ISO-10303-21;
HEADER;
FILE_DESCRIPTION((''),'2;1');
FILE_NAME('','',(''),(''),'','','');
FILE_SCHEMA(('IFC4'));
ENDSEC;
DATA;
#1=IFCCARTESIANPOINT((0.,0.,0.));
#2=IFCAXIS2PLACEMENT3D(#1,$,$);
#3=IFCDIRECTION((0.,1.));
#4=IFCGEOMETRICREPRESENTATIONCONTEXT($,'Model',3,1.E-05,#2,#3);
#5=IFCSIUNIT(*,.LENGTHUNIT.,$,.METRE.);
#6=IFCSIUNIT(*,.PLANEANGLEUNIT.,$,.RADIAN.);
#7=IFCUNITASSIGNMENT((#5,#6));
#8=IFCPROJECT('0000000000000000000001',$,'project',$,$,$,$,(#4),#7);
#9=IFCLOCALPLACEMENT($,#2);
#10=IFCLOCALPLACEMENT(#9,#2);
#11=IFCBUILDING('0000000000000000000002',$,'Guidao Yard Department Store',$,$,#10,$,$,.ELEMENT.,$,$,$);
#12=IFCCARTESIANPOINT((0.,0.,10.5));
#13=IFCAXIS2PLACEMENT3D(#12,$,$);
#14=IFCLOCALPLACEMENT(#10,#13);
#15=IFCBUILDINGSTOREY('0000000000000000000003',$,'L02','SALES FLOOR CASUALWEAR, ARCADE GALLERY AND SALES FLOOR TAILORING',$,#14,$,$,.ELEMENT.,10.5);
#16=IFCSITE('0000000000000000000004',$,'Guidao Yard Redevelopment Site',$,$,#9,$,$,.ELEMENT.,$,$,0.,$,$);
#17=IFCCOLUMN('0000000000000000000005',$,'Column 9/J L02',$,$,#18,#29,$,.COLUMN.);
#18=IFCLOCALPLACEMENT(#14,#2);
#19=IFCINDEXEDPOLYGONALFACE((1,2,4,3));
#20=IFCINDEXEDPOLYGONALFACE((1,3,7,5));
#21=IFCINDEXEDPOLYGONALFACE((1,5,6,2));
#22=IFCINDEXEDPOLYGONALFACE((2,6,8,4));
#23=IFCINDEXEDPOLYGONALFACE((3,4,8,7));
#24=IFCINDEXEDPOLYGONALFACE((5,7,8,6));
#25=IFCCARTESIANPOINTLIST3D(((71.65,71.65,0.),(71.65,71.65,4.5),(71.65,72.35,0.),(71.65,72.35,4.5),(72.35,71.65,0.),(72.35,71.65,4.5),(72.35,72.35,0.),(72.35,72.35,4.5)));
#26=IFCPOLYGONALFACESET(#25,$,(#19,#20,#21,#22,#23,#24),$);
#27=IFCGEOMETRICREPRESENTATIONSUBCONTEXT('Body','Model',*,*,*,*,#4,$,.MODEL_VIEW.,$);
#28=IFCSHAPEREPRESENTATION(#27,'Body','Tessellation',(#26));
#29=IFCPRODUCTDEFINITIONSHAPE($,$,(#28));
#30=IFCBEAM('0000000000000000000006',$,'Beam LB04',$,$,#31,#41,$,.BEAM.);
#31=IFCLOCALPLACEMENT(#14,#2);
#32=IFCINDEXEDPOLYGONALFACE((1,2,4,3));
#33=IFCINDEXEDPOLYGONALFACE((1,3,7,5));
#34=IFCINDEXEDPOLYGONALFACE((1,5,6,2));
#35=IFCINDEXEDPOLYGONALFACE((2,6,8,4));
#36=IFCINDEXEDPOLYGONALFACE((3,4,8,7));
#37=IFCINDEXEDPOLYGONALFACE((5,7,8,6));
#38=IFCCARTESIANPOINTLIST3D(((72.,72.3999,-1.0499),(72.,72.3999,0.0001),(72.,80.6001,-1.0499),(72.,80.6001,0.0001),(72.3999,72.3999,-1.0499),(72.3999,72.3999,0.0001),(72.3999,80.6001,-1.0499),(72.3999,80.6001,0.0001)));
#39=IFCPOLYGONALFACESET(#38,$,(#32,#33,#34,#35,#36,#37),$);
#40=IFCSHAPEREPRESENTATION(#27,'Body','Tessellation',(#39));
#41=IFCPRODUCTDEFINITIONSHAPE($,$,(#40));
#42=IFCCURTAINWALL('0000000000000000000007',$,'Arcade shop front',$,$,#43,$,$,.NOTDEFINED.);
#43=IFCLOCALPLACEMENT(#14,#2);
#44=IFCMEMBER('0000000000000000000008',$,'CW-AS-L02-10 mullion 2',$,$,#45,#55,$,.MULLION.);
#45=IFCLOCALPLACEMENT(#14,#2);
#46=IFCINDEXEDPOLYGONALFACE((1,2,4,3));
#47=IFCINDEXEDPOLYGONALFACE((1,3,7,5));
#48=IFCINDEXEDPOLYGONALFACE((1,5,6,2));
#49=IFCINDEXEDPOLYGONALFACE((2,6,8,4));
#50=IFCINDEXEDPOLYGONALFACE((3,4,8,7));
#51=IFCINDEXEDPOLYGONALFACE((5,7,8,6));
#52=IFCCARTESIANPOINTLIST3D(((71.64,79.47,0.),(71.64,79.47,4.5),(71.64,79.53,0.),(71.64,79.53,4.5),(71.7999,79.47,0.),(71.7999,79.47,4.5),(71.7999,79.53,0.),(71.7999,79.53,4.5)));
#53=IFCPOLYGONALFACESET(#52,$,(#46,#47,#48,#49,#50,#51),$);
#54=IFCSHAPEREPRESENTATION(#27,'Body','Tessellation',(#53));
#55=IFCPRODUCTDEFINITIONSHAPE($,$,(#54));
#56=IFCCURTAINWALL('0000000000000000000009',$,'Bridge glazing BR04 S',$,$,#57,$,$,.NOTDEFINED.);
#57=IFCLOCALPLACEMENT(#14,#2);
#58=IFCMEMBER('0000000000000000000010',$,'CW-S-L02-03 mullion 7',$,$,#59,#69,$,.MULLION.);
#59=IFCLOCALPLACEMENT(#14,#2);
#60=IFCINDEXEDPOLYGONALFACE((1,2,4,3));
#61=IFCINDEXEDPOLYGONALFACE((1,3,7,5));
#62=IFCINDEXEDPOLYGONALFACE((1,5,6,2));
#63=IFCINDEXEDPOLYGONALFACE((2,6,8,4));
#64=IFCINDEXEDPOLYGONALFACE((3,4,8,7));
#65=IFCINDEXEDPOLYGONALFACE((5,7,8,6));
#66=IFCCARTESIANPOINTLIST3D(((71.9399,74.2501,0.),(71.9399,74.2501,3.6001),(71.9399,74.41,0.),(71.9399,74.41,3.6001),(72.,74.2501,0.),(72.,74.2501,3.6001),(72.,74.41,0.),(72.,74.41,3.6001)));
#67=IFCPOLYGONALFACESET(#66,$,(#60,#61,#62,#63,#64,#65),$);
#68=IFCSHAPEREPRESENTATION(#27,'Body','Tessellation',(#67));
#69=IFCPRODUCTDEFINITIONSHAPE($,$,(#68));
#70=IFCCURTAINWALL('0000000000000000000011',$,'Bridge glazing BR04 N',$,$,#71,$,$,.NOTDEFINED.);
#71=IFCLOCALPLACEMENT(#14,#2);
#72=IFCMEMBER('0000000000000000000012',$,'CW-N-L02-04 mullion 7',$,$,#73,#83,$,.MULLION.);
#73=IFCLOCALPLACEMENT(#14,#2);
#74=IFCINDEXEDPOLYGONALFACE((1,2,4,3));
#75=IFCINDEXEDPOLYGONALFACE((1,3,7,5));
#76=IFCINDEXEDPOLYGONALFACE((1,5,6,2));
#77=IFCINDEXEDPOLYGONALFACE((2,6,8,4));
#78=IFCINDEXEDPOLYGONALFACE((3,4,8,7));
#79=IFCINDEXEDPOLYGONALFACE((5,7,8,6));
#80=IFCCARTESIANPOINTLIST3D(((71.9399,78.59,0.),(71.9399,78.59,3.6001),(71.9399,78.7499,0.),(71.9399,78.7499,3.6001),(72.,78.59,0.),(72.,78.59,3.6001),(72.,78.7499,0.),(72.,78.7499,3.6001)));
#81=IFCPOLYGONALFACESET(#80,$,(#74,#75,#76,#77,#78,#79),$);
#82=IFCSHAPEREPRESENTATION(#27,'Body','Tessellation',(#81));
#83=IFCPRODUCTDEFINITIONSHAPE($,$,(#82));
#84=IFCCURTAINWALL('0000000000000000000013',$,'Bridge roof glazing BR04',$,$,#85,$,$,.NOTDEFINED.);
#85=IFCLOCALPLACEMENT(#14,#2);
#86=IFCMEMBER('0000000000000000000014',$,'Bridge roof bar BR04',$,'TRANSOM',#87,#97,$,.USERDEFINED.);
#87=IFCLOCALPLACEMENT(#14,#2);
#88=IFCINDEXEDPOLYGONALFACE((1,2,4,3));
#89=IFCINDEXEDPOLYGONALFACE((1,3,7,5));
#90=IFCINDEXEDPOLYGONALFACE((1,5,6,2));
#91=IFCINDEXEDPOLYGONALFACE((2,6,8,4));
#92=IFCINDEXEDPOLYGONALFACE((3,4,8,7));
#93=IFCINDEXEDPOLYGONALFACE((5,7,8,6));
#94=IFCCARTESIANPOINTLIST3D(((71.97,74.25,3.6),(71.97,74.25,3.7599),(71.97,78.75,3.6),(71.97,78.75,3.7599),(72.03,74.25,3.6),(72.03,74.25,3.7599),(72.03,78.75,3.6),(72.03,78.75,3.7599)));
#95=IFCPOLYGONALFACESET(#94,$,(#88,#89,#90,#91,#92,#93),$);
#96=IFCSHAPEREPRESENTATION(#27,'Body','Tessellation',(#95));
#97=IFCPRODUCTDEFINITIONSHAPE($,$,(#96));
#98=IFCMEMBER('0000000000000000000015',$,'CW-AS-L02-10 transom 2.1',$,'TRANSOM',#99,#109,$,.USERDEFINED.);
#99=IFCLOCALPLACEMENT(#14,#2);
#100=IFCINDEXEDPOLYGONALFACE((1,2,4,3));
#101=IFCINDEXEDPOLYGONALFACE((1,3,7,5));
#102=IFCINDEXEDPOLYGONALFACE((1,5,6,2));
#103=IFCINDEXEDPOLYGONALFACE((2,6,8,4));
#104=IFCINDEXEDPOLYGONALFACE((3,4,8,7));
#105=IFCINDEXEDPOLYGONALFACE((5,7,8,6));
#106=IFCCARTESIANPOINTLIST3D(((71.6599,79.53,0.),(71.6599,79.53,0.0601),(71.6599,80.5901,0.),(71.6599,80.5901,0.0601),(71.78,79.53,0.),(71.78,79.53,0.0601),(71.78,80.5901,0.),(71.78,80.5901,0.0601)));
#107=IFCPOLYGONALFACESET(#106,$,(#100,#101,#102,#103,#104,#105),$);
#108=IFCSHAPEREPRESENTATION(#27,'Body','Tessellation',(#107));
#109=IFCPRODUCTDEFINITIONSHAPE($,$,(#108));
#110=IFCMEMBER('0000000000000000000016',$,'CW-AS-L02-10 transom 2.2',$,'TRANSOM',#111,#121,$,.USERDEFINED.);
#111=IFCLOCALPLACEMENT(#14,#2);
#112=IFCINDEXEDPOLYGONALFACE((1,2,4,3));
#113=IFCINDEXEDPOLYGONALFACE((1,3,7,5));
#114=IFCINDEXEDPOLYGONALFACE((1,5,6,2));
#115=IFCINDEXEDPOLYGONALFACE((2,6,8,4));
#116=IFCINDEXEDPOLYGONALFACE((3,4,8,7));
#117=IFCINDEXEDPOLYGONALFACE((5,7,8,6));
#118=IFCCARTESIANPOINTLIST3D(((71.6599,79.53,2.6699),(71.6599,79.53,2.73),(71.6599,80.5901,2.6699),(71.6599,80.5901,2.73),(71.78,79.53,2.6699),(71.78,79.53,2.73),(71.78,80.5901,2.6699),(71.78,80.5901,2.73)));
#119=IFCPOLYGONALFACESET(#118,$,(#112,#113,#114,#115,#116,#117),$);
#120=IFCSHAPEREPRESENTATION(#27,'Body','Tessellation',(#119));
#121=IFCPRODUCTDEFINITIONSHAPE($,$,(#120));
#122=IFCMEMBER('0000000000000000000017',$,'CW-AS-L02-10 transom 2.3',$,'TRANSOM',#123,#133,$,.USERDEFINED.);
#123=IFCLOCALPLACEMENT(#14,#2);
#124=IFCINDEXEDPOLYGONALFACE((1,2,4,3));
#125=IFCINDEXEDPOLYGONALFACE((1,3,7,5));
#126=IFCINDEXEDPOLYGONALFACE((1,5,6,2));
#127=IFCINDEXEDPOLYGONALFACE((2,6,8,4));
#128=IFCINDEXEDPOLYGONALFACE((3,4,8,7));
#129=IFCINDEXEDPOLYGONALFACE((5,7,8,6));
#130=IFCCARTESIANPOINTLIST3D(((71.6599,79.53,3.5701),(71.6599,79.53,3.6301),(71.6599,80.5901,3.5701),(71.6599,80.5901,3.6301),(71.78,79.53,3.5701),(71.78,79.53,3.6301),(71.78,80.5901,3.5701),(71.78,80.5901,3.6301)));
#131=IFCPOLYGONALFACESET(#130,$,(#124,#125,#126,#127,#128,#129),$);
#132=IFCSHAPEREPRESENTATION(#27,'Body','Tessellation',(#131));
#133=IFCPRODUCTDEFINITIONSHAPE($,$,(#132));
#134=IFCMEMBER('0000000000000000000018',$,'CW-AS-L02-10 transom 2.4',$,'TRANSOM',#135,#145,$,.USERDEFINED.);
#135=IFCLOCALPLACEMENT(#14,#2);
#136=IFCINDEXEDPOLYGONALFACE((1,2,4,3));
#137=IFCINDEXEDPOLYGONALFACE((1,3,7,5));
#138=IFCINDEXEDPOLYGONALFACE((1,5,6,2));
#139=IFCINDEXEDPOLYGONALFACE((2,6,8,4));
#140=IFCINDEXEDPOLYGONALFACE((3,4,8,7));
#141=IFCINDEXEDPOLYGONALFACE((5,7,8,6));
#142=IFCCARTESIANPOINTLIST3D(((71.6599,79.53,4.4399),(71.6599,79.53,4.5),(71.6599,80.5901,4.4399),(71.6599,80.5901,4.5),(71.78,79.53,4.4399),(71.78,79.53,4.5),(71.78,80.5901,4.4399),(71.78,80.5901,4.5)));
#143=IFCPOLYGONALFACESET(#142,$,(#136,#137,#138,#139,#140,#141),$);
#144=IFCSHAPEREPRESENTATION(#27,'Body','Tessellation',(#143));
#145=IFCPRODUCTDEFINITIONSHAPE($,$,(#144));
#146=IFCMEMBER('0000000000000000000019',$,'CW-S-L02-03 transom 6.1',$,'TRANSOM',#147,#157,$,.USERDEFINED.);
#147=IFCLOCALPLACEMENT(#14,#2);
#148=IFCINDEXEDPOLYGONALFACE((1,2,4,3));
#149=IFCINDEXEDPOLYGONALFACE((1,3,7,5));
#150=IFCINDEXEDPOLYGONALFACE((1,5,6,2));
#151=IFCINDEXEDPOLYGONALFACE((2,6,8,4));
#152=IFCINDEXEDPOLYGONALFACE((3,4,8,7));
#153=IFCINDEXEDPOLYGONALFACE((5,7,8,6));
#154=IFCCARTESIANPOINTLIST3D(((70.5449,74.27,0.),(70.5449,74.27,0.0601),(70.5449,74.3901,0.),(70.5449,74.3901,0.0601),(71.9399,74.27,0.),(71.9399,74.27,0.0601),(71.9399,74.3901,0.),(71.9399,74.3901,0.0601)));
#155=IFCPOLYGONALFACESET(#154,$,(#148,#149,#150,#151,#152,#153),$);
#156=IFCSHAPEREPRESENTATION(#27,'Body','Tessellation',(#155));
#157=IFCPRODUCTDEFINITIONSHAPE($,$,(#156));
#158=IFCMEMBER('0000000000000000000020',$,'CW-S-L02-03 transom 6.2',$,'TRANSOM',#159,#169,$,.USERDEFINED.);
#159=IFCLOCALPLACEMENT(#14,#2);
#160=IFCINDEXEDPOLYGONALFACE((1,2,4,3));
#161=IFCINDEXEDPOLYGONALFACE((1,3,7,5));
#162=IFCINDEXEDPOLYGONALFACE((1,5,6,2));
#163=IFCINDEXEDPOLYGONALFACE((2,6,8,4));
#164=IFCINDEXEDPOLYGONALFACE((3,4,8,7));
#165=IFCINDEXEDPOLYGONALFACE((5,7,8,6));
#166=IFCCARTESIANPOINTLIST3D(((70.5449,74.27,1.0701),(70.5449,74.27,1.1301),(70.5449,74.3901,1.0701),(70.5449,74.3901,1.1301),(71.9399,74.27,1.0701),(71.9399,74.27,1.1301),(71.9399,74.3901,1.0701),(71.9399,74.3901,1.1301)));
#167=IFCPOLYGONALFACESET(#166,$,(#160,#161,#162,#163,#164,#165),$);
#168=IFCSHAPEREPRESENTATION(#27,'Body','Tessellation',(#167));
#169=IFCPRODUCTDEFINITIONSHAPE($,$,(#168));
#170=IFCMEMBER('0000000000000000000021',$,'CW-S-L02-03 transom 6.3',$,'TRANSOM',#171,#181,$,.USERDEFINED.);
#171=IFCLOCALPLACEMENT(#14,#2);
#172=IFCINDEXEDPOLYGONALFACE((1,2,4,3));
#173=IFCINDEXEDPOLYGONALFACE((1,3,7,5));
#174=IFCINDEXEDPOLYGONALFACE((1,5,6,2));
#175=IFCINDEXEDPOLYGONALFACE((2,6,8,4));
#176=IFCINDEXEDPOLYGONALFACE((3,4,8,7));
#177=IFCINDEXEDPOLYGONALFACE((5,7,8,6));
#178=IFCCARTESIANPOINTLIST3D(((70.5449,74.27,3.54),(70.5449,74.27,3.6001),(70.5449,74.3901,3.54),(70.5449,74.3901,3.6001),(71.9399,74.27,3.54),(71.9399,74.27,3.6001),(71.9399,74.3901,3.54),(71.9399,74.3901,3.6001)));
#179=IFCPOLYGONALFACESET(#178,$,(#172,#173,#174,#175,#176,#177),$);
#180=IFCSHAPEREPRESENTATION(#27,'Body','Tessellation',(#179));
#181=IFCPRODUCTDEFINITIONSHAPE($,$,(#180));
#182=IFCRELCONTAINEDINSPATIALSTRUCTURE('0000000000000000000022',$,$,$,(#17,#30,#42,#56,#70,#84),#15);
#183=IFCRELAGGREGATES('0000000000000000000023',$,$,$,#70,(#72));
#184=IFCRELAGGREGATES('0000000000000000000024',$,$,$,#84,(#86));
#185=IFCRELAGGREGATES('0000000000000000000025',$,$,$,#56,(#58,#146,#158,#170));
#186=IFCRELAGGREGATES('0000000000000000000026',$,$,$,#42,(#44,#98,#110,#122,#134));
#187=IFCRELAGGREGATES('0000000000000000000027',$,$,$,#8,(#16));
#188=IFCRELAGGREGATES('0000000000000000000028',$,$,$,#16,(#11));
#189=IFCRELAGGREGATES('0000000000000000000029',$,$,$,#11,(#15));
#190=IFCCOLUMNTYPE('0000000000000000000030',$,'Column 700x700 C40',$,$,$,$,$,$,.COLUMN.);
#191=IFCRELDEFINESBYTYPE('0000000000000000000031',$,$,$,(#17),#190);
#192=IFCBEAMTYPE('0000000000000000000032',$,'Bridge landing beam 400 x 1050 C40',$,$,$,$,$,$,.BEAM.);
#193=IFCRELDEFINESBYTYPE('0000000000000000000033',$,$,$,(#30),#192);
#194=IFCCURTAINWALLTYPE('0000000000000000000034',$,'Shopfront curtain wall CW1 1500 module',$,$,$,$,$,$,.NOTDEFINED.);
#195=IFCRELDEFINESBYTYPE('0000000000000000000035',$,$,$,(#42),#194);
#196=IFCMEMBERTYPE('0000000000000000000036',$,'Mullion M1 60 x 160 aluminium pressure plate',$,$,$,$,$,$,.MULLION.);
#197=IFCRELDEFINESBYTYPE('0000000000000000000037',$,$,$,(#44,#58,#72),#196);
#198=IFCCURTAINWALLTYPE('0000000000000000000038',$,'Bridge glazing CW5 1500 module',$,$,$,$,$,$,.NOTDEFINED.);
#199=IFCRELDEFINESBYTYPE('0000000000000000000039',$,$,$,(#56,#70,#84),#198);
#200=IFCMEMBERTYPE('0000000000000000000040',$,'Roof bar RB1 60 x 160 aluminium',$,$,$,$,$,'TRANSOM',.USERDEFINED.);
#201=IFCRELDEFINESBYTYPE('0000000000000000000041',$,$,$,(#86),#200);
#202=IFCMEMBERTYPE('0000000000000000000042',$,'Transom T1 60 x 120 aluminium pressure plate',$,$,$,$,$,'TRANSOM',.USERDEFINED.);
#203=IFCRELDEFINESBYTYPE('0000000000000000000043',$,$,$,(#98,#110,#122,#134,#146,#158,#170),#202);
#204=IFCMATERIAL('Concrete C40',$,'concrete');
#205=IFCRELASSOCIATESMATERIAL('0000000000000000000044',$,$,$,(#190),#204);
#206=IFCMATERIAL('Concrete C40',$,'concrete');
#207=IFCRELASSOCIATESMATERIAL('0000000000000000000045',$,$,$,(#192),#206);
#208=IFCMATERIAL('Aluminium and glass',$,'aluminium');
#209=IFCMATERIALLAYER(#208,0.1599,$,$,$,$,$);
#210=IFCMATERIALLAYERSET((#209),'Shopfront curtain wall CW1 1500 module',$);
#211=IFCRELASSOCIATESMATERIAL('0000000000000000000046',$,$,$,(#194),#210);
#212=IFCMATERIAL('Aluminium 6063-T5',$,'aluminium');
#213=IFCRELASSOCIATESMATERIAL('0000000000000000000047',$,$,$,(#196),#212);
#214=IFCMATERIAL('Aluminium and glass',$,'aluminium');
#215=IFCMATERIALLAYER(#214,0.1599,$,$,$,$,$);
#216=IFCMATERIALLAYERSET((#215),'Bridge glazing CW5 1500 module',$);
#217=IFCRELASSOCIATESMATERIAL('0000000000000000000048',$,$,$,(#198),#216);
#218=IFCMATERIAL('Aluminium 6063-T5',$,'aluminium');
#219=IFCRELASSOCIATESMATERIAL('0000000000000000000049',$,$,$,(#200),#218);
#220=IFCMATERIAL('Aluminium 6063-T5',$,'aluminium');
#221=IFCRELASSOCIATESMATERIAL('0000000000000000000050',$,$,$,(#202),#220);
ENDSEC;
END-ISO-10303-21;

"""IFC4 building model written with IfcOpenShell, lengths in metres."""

from ifc_helpers import new_model, si_unit, direction, frame, origin, origin_2d, place, context, subcontext, project, spatial, rectangle, extrude, material, layer, layer_set, material_profile, profile_set, type_object, element, aggregate, save


model = new_model("IFC4")

# Units and contexts
model_context = context("Model", 3, precision=1e-05, world=origin(), true_north=direction((0.0, 1.0)))
body_context = subcontext(model_context, "Body", "Model", "MODEL_VIEW")
ifc_project = project(units=[si_unit("LENGTHUNIT", "METRE"), si_unit("PLANEANGLEUNIT", "RADIAN")], contexts=[model_context])

# Site, building, storey
site_placement = place(None, origin())
site = spatial("IfcSite", under=ifc_project, at=site_placement, Name="Guidao Yard Redevelopment Site", CompositionType="ELEMENT", RefElevation=0.0)
building_placement = place(site_placement, origin())
building = spatial("IfcBuilding", under=site, at=building_placement, Name="Guidao Yard Department Store", CompositionType="ELEMENT")
storey_placement = place(building_placement, frame((0.0, 0.0, 10.5)))
storey = spatial("IfcBuildingStorey", under=building, at=storey_placement, Name="L02", Description="SALES FLOOR CASUALWEAR, ARCADE GALLERY AND SALES FLOOR TAILORING", CompositionType="ELEMENT", Elevation=10.5)

# Column
ifc_material_1 = material(Name="Concrete C40", Category="concrete")
ifc_material_profile_1 = material_profile(ifc_material_1, rectangle(XDim=0.7, YDim=0.7, at=origin_2d()), Name="COL 700x700")
ifc_profile_set_1 = profile_set([ifc_material_profile_1], Name="Concrete C40")
column_type = type_object("IfcColumnType", Name="Column 700x700 C40", PredefinedType="COLUMN", material=ifc_profile_set_1)
column_placement = place(storey_placement, frame((72.0, 72.0, 0.0), z_axis=(0.0, 0.0, 1.0), x_axis=(1.0, 0.0, 0.0)))
element("IfcColumn", 1, at=column_placement, inside=storey, type_object=column_type, Name="Column 9/J L02", PredefinedType="COLUMN", context=body_context, shape_type="SweptSolid", body=[
    extrude(rectangle(XDim=0.7, YDim=0.7, at=origin_2d()), origin(), (0.0, 0.0, 1.0), 4.5),
])

# Beam
ifc_material_2 = material(Name="Concrete C40", Category="concrete")
ifc_material_profile_2 = material_profile(ifc_material_2, rectangle(XDim=0.3999, YDim=1.05, at=origin_2d()), Name="Bridge landing beam 400 x 1050 C40")
ifc_profile_set_2 = profile_set([ifc_material_profile_2], Name="Concrete C40")
beam_type = type_object("IfcBeamType", Name="Bridge landing beam 400 x 1050 C40", PredefinedType="BEAM", material=ifc_profile_set_2)
beam_placement = place(storey_placement, frame((72.2, 72.3999, -0.5249), z_axis=(0.0, 1.0, 0.0), x_axis=(-1.0, 0.0, 0.0)))
element("IfcBeam", 2, at=beam_placement, inside=storey, type_object=beam_type, Name="Beam LB04", PredefinedType="BEAM", context=body_context, shape_type="SweptSolid", body=[
    extrude(rectangle(XDim=0.3999, YDim=1.05, at=origin_2d()), origin(), (0.0, 0.0, 1.0), 8.2002),
])

# Curtain walls, members
ifc_material_3 = material(Name="Aluminium and glass", Category="aluminium")
ifc_layer_1 = layer(ifc_material_3, 0.1599)
ifc_layer_set_1 = layer_set([ifc_layer_1], Name="Shopfront curtain wall CW1 1500 module")
curtain_wall_type_1 = type_object("IfcCurtainWallType", Name="Shopfront curtain wall CW1 1500 module", PredefinedType="NOTDEFINED", material=ifc_layer_set_1)
curtain_wall_1_placement = place(storey_placement, origin())
curtain_wall_1 = element("IfcCurtainWall", 3, at=curtain_wall_1_placement, inside=storey, type_object=curtain_wall_type_1, Name="Arcade shop front", PredefinedType="NOTDEFINED")
ifc_material_4 = material(Name="Aluminium 6063-T5", Category="aluminium")
ifc_material_profile_3 = material_profile(ifc_material_4, rectangle(XDim=0.0601, YDim=0.1599, at=origin_2d()), Name="Mullion M1 60 x 160 aluminium pressure plate")
ifc_profile_set_3 = profile_set([ifc_material_profile_3], Name="Aluminium 6063-T5")
member_type_1 = type_object("IfcMemberType", Name="Mullion M1 60 x 160 aluminium pressure plate", PredefinedType="MULLION", material=ifc_profile_set_3)
member_1_placement = place(storey_placement, frame((71.72, 79.5, 0.0), z_axis=(0.0, 0.0, 1.0), x_axis=(0.0, 1.0, 0.0)))
member_1 = element("IfcMember", 4, at=member_1_placement, type_object=member_type_1, Name="CW-AS-L02-10 mullion 2", PredefinedType="MULLION", context=body_context, shape_type="SweptSolid", body=[
    extrude(rectangle(XDim=0.0601, YDim=0.1599, at=origin_2d()), origin(), (0.0, 0.0, 1.0), 4.5),
])
ifc_material_5 = material(Name="Aluminium and glass", Category="aluminium")
ifc_layer_2 = layer(ifc_material_5, 0.1599)
ifc_layer_set_2 = layer_set([ifc_layer_2], Name="Bridge glazing CW5 1500 module")
curtain_wall_type_2 = type_object("IfcCurtainWallType", Name="Bridge glazing CW5 1500 module", PredefinedType="NOTDEFINED", material=ifc_layer_set_2)
curtain_wall_2_placement = place(storey_placement, origin())
curtain_wall_2 = element("IfcCurtainWall", 5, at=curtain_wall_2_placement, inside=storey, type_object=curtain_wall_type_2, Name="Bridge glazing BR04 S", PredefinedType="NOTDEFINED")
member_2_placement = place(storey_placement, frame((71.97, 74.3301, 0.0), z_axis=(0.0, 0.0, 1.0), x_axis=(-1.0, 0.0, 0.0)))
member_2 = element("IfcMember", 6, at=member_2_placement, type_object=member_type_1, Name="CW-S-L02-03 mullion 7", PredefinedType="MULLION", context=body_context, shape_type="SweptSolid", body=[
    extrude(rectangle(XDim=0.0601, YDim=0.1599, at=origin_2d()), origin(), (0.0, 0.0, 1.0), 3.6001),
])
curtain_wall_3_placement = place(storey_placement, origin())
curtain_wall_3 = element("IfcCurtainWall", 7, at=curtain_wall_3_placement, inside=storey, type_object=curtain_wall_type_2, Name="Bridge glazing BR04 N", PredefinedType="NOTDEFINED")
member_3_placement = place(storey_placement, frame((71.97, 78.6699, 0.0), z_axis=(0.0, 0.0, 1.0), x_axis=(1.0, 0.0, 0.0)))
member_3 = element("IfcMember", 8, at=member_3_placement, type_object=member_type_1, Name="CW-N-L02-04 mullion 7", PredefinedType="MULLION", context=body_context, shape_type="SweptSolid", body=[
    extrude(rectangle(XDim=0.0601, YDim=0.1599, at=origin_2d()), origin(), (0.0, 0.0, 1.0), 3.6001),
])
aggregate(curtain_wall_3, [member_3])
curtain_wall_4_placement = place(storey_placement, origin())
curtain_wall_4 = element("IfcCurtainWall", 9, at=curtain_wall_4_placement, inside=storey, type_object=curtain_wall_type_2, Name="Bridge roof glazing BR04", PredefinedType="NOTDEFINED")
ifc_material_6 = material(Name="Aluminium 6063-T5", Category="aluminium")
ifc_material_profile_4 = material_profile(ifc_material_6, rectangle(XDim=0.0601, YDim=0.1599, at=origin_2d()), Name="Roof bar RB1 60 x 160 aluminium")
ifc_profile_set_4 = profile_set([ifc_material_profile_4], Name="Aluminium 6063-T5")
member_type_2 = type_object("IfcMemberType", Name="Roof bar RB1 60 x 160 aluminium", ElementType="TRANSOM", PredefinedType="USERDEFINED", material=ifc_profile_set_4)
member_4_placement = place(storey_placement, frame((72.0, 74.25, 3.6799), z_axis=(0.0, 1.0, 0.0), x_axis=(-1.0, 0.0, 0.0)))
member_4 = element("IfcMember", 10, at=member_4_placement, type_object=member_type_2, Name="Bridge roof bar BR04", ObjectType="TRANSOM", PredefinedType="USERDEFINED", context=body_context, shape_type="SweptSolid", body=[
    extrude(rectangle(XDim=0.0601, YDim=0.1599, at=origin_2d()), origin(), (0.0, 0.0, 1.0), 4.5),
])
aggregate(curtain_wall_4, [member_4])

# Members
ifc_material_7 = material(Name="Aluminium 6063-T5", Category="aluminium")
ifc_material_profile_5 = material_profile(ifc_material_7, rectangle(XDim=0.1201, YDim=0.0601, at=origin_2d()), Name="Transom T1 60 x 120 aluminium pressure plate")
ifc_profile_set_5 = profile_set([ifc_material_profile_5], Name="Aluminium 6063-T5")
member_type_3 = type_object("IfcMemberType", Name="Transom T1 60 x 120 aluminium pressure plate", ElementType="TRANSOM", PredefinedType="USERDEFINED", material=ifc_profile_set_5)
member_5_placement = place(storey_placement, frame((71.72, 79.53, 0.03), z_axis=(0.0, 1.0, 0.0), x_axis=(-1.0, 0.0, 0.0)))
member_5 = element("IfcMember", 11, at=member_5_placement, type_object=member_type_3, Name="CW-AS-L02-10 transom 2.1", ObjectType="TRANSOM", PredefinedType="USERDEFINED", context=body_context, shape_type="SweptSolid", body=[
    extrude(rectangle(XDim=0.1201, YDim=0.0601, at=origin_2d()), origin(), (0.0, 0.0, 1.0), 1.0601),
])
member_6_placement = place(storey_placement, frame((71.72, 79.53, 2.7), z_axis=(0.0, 1.0, 0.0), x_axis=(-1.0, 0.0, 0.0)))
member_6 = element("IfcMember", 12, at=member_6_placement, type_object=member_type_3, Name="CW-AS-L02-10 transom 2.2", ObjectType="TRANSOM", PredefinedType="USERDEFINED", context=body_context, shape_type="SweptSolid", body=[
    extrude(rectangle(XDim=0.1201, YDim=0.0601, at=origin_2d()), origin(), (0.0, 0.0, 1.0), 1.0601),
])
member_7_placement = place(storey_placement, frame((71.72, 79.53, 3.6001), z_axis=(0.0, 1.0, 0.0), x_axis=(-1.0, 0.0, 0.0)))
member_7 = element("IfcMember", 13, at=member_7_placement, type_object=member_type_3, Name="CW-AS-L02-10 transom 2.3", ObjectType="TRANSOM", PredefinedType="USERDEFINED", context=body_context, shape_type="SweptSolid", body=[
    extrude(rectangle(XDim=0.1201, YDim=0.0601, at=origin_2d()), origin(), (0.0, 0.0, 1.0), 1.0601),
])
member_8_placement = place(storey_placement, frame((71.72, 79.53, 4.47), z_axis=(0.0, 1.0, 0.0), x_axis=(-1.0, 0.0, 0.0)))
member_8 = element("IfcMember", 14, at=member_8_placement, type_object=member_type_3, Name="CW-AS-L02-10 transom 2.4", ObjectType="TRANSOM", PredefinedType="USERDEFINED", context=body_context, shape_type="SweptSolid", body=[
    extrude(rectangle(XDim=0.1201, YDim=0.0601, at=origin_2d()), origin(), (0.0, 0.0, 1.0), 1.0601),
])
member_9_placement = place(storey_placement, frame((71.9399, 74.3301, 0.03), z_axis=(-1.0, 0.0, 0.0), x_axis=(0.0, -1.0, 0.0)))
member_9 = element("IfcMember", 15, at=member_9_placement, type_object=member_type_3, Name="CW-S-L02-03 transom 6.1", ObjectType="TRANSOM", PredefinedType="USERDEFINED", context=body_context, shape_type="SweptSolid", body=[
    extrude(rectangle(XDim=0.1201, YDim=0.0601, at=origin_2d()), origin(), (0.0, 0.0, 1.0), 1.395),
])
member_10_placement = place(storey_placement, frame((71.9399, 74.3301, 1.1001), z_axis=(-1.0, 0.0, 0.0), x_axis=(0.0, -1.0, 0.0)))
member_10 = element("IfcMember", 16, at=member_10_placement, type_object=member_type_3, Name="CW-S-L02-03 transom 6.2", ObjectType="TRANSOM", PredefinedType="USERDEFINED", context=body_context, shape_type="SweptSolid", body=[
    extrude(rectangle(XDim=0.1201, YDim=0.0601, at=origin_2d()), origin(), (0.0, 0.0, 1.0), 1.395),
])
member_11_placement = place(storey_placement, frame((71.9399, 74.3301, 3.5701), z_axis=(-1.0, 0.0, 0.0), x_axis=(0.0, -1.0, 0.0)))
member_11 = element("IfcMember", 17, at=member_11_placement, type_object=member_type_3, Name="CW-S-L02-03 transom 6.3", ObjectType="TRANSOM", PredefinedType="USERDEFINED", context=body_context, shape_type="SweptSolid", body=[
    extrude(rectangle(XDim=0.1201, YDim=0.0601, at=origin_2d()), origin(), (0.0, 0.0, 1.0), 1.395),
])
aggregate(curtain_wall_2, [member_2, member_9, member_10, member_11])

aggregate(curtain_wall_1, [member_1, member_5, member_6, member_7, member_8])

save(model, "model.ifc")
